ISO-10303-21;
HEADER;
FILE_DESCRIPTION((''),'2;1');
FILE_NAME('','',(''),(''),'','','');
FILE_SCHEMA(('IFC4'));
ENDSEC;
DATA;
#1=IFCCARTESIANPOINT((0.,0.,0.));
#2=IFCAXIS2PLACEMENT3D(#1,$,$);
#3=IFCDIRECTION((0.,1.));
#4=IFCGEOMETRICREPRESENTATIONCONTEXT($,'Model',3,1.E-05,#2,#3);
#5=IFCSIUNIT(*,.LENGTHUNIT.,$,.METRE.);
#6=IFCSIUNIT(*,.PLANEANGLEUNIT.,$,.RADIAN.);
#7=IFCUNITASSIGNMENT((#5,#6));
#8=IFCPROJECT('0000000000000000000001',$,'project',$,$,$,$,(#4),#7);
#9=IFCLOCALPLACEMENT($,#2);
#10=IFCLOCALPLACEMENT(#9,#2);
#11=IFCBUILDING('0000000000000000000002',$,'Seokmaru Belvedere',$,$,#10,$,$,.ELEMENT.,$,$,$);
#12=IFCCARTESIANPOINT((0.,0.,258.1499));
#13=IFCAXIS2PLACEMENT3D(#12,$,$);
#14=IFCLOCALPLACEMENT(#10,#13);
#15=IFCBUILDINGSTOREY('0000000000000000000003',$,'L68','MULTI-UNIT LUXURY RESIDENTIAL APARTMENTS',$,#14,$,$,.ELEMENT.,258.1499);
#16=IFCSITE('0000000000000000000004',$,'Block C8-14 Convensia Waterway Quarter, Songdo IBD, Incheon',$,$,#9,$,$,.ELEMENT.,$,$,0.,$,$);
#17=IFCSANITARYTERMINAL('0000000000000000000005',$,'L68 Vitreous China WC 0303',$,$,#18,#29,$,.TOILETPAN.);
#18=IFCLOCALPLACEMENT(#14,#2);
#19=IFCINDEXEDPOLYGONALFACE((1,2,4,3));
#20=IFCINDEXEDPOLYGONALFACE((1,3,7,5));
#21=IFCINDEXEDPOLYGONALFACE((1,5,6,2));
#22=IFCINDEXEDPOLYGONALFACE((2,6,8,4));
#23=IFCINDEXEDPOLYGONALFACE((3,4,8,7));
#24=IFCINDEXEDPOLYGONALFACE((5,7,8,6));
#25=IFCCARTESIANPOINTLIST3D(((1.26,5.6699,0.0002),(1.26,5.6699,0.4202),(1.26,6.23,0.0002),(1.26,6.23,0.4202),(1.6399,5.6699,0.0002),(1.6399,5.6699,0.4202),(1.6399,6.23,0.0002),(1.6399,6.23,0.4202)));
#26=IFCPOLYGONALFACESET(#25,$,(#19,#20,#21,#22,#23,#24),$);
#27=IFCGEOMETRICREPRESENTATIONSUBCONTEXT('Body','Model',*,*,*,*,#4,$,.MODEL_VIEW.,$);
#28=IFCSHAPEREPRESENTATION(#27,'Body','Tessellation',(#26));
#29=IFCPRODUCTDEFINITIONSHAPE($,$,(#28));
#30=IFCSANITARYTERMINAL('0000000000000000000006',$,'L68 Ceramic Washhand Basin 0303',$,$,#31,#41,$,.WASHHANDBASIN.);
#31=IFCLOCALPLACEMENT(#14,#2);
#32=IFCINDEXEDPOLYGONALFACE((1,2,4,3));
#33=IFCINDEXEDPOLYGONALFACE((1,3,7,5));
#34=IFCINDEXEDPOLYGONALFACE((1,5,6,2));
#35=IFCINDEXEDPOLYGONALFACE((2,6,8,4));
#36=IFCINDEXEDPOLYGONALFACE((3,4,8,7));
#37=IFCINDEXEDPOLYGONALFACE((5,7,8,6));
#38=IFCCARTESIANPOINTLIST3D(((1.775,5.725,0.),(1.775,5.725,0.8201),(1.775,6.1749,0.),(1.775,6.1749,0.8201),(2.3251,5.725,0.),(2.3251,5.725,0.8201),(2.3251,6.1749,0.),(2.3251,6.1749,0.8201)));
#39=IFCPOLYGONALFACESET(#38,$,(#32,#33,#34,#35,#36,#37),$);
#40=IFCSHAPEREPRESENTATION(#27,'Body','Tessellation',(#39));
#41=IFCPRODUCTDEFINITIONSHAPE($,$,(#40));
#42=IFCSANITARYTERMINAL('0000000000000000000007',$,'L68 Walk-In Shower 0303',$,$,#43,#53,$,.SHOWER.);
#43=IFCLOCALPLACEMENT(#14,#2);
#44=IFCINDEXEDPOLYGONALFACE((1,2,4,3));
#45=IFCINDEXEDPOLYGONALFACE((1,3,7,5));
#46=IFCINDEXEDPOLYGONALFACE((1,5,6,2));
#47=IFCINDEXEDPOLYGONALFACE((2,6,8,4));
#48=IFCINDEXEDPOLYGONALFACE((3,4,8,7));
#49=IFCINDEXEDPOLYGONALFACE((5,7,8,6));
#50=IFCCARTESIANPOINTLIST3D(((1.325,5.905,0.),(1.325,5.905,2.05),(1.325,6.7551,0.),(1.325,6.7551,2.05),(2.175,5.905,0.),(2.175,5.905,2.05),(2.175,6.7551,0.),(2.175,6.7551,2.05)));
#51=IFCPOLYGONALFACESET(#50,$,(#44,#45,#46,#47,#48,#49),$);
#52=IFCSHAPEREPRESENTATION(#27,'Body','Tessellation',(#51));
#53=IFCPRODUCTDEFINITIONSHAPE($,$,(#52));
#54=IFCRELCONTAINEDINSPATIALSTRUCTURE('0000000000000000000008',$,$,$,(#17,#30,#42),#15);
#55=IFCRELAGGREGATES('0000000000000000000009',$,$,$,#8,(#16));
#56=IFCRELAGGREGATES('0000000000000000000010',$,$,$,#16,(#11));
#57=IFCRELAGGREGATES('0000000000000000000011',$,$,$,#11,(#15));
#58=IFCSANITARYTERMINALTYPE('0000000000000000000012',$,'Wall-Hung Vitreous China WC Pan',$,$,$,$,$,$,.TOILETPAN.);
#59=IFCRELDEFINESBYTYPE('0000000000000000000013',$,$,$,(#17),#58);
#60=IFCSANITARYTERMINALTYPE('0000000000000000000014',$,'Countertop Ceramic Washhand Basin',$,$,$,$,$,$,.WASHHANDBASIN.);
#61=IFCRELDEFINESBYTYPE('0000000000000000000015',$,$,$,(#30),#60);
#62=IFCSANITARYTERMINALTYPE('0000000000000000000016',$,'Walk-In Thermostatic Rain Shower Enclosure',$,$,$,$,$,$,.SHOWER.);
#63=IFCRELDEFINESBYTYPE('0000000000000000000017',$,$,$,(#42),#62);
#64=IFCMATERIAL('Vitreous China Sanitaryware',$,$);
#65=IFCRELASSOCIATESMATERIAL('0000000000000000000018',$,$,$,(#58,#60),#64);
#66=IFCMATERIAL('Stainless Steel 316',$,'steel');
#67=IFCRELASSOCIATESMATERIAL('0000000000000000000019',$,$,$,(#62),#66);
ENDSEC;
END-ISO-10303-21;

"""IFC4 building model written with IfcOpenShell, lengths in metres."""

from ifc_helpers import new_model, si_unit, direction, frame, origin, origin_2d, place, context, subcontext, project, spatial, rectangle, extrude, source, transform, mapped, material, type_object, type_shapes, element, save


model = new_model("IFC4")

# Units and contexts
model_context = context("Model", 3, precision=1e-05, world=origin(), true_north=direction((0.0, 1.0)))
body_context = subcontext(model_context, "Body", "Model", "MODEL_VIEW")
ifc_project = project(units=[si_unit("LENGTHUNIT", "METRE"), si_unit("PLANEANGLEUNIT", "RADIAN")], contexts=[model_context])

# Site, building, storey
site_placement = place(None, origin())
site = spatial("IfcSite", under=ifc_project, at=site_placement, Name="Block C8-14 Convensia Waterway Quarter, Songdo IBD, Incheon", CompositionType="ELEMENT", RefElevation=0.0)
building_placement = place(site_placement, origin())
building = spatial("IfcBuilding", under=site, at=building_placement, Name="Seokmaru Belvedere", CompositionType="ELEMENT")
storey_placement = place(building_placement, frame((0.0, 0.0, 258.1499)))
storey = spatial("IfcBuildingStorey", under=building, at=storey_placement, Name="L68", Description="MULTI-UNIT LUXURY RESIDENTIAL APARTMENTS", CompositionType="ELEMENT", Elevation=258.1499)

# Sanitary terminals
ifc_material_1 = material(Name="Vitreous China Sanitaryware")
sanitary_terminal_type_1 = type_object("IfcSanitaryTerminalType", Name="Wall-Hung Vitreous China WC Pan", PredefinedType="TOILETPAN", material=ifc_material_1)
shared_shape_1 = source(origin(), body_context, "Body", "SweptSolid", [
    extrude(rectangle(XDim=0.3799, YDim=0.5601, at=origin_2d()), origin(), (0.0, 0.0, 1.0), 0.4199),
])
type_shapes(sanitary_terminal_type_1, [shared_shape_1])
sanitary_terminal_1_placement = place(storey_placement, frame((1.45, 5.95, 0.0002), z_axis=(0.0, 0.0, 1.0), x_axis=(1.0, 0.0, 0.0)))
element("IfcSanitaryTerminal", 1, at=sanitary_terminal_1_placement, inside=storey, type_object=sanitary_terminal_type_1, Name="L68 Vitreous China WC 0303", PredefinedType="TOILETPAN", context=body_context, shape_type="MappedRepresentation", body=[
    mapped(shared_shape_1, transform((0.0, 0.0, 0.0), scale=1.0)),
])
sanitary_terminal_type_2 = type_object("IfcSanitaryTerminalType", Name="Countertop Ceramic Washhand Basin", PredefinedType="WASHHANDBASIN", material=ifc_material_1)
shared_shape_2 = source(origin(), body_context, "Body", "SweptSolid", [
    extrude(rectangle(XDim=0.55, YDim=0.45, at=origin_2d()), origin(), (0.0, 0.0, 1.0), 0.8201),
])
type_shapes(sanitary_terminal_type_2, [shared_shape_2])
sanitary_terminal_2_placement = place(storey_placement, frame((2.05, 5.95, 0.0), z_axis=(0.0, 0.0, 1.0), x_axis=(1.0, 0.0, 0.0)))
element("IfcSanitaryTerminal", 2, at=sanitary_terminal_2_placement, inside=storey, type_object=sanitary_terminal_type_2, Name="L68 Ceramic Washhand Basin 0303", PredefinedType="WASHHANDBASIN", context=body_context, shape_type="MappedRepresentation", body=[
    mapped(shared_shape_2, transform((0.0, 0.0, 0.0), scale=1.0)),
])
ifc_material_2 = material(Name="Stainless Steel 316", Category="steel")
sanitary_terminal_type_3 = type_object("IfcSanitaryTerminalType", Name="Walk-In Thermostatic Rain Shower Enclosure", PredefinedType="SHOWER", material=ifc_material_2)
shared_shape_3 = source(origin(), body_context, "Body", "SweptSolid", [
    extrude(rectangle(XDim=0.8501, YDim=0.8501, at=origin_2d()), origin(), (0.0, 0.0, 1.0), 2.05),
])
type_shapes(sanitary_terminal_type_3, [shared_shape_3])
sanitary_terminal_3_placement = place(storey_placement, frame((1.75, 6.3301, 0.0), z_axis=(0.0, 0.0, 1.0), x_axis=(1.0, 0.0, 0.0)))
element("IfcSanitaryTerminal", 3, at=sanitary_terminal_3_placement, inside=storey, type_object=sanitary_terminal_type_3, Name="L68 Walk-In Shower 0303", PredefinedType="SHOWER", context=body_context, shape_type="MappedRepresentation", body=[
    mapped(shared_shape_3, transform((0.0, 0.0, 0.0), scale=1.0)),
])

save(model, "model.ifc")
